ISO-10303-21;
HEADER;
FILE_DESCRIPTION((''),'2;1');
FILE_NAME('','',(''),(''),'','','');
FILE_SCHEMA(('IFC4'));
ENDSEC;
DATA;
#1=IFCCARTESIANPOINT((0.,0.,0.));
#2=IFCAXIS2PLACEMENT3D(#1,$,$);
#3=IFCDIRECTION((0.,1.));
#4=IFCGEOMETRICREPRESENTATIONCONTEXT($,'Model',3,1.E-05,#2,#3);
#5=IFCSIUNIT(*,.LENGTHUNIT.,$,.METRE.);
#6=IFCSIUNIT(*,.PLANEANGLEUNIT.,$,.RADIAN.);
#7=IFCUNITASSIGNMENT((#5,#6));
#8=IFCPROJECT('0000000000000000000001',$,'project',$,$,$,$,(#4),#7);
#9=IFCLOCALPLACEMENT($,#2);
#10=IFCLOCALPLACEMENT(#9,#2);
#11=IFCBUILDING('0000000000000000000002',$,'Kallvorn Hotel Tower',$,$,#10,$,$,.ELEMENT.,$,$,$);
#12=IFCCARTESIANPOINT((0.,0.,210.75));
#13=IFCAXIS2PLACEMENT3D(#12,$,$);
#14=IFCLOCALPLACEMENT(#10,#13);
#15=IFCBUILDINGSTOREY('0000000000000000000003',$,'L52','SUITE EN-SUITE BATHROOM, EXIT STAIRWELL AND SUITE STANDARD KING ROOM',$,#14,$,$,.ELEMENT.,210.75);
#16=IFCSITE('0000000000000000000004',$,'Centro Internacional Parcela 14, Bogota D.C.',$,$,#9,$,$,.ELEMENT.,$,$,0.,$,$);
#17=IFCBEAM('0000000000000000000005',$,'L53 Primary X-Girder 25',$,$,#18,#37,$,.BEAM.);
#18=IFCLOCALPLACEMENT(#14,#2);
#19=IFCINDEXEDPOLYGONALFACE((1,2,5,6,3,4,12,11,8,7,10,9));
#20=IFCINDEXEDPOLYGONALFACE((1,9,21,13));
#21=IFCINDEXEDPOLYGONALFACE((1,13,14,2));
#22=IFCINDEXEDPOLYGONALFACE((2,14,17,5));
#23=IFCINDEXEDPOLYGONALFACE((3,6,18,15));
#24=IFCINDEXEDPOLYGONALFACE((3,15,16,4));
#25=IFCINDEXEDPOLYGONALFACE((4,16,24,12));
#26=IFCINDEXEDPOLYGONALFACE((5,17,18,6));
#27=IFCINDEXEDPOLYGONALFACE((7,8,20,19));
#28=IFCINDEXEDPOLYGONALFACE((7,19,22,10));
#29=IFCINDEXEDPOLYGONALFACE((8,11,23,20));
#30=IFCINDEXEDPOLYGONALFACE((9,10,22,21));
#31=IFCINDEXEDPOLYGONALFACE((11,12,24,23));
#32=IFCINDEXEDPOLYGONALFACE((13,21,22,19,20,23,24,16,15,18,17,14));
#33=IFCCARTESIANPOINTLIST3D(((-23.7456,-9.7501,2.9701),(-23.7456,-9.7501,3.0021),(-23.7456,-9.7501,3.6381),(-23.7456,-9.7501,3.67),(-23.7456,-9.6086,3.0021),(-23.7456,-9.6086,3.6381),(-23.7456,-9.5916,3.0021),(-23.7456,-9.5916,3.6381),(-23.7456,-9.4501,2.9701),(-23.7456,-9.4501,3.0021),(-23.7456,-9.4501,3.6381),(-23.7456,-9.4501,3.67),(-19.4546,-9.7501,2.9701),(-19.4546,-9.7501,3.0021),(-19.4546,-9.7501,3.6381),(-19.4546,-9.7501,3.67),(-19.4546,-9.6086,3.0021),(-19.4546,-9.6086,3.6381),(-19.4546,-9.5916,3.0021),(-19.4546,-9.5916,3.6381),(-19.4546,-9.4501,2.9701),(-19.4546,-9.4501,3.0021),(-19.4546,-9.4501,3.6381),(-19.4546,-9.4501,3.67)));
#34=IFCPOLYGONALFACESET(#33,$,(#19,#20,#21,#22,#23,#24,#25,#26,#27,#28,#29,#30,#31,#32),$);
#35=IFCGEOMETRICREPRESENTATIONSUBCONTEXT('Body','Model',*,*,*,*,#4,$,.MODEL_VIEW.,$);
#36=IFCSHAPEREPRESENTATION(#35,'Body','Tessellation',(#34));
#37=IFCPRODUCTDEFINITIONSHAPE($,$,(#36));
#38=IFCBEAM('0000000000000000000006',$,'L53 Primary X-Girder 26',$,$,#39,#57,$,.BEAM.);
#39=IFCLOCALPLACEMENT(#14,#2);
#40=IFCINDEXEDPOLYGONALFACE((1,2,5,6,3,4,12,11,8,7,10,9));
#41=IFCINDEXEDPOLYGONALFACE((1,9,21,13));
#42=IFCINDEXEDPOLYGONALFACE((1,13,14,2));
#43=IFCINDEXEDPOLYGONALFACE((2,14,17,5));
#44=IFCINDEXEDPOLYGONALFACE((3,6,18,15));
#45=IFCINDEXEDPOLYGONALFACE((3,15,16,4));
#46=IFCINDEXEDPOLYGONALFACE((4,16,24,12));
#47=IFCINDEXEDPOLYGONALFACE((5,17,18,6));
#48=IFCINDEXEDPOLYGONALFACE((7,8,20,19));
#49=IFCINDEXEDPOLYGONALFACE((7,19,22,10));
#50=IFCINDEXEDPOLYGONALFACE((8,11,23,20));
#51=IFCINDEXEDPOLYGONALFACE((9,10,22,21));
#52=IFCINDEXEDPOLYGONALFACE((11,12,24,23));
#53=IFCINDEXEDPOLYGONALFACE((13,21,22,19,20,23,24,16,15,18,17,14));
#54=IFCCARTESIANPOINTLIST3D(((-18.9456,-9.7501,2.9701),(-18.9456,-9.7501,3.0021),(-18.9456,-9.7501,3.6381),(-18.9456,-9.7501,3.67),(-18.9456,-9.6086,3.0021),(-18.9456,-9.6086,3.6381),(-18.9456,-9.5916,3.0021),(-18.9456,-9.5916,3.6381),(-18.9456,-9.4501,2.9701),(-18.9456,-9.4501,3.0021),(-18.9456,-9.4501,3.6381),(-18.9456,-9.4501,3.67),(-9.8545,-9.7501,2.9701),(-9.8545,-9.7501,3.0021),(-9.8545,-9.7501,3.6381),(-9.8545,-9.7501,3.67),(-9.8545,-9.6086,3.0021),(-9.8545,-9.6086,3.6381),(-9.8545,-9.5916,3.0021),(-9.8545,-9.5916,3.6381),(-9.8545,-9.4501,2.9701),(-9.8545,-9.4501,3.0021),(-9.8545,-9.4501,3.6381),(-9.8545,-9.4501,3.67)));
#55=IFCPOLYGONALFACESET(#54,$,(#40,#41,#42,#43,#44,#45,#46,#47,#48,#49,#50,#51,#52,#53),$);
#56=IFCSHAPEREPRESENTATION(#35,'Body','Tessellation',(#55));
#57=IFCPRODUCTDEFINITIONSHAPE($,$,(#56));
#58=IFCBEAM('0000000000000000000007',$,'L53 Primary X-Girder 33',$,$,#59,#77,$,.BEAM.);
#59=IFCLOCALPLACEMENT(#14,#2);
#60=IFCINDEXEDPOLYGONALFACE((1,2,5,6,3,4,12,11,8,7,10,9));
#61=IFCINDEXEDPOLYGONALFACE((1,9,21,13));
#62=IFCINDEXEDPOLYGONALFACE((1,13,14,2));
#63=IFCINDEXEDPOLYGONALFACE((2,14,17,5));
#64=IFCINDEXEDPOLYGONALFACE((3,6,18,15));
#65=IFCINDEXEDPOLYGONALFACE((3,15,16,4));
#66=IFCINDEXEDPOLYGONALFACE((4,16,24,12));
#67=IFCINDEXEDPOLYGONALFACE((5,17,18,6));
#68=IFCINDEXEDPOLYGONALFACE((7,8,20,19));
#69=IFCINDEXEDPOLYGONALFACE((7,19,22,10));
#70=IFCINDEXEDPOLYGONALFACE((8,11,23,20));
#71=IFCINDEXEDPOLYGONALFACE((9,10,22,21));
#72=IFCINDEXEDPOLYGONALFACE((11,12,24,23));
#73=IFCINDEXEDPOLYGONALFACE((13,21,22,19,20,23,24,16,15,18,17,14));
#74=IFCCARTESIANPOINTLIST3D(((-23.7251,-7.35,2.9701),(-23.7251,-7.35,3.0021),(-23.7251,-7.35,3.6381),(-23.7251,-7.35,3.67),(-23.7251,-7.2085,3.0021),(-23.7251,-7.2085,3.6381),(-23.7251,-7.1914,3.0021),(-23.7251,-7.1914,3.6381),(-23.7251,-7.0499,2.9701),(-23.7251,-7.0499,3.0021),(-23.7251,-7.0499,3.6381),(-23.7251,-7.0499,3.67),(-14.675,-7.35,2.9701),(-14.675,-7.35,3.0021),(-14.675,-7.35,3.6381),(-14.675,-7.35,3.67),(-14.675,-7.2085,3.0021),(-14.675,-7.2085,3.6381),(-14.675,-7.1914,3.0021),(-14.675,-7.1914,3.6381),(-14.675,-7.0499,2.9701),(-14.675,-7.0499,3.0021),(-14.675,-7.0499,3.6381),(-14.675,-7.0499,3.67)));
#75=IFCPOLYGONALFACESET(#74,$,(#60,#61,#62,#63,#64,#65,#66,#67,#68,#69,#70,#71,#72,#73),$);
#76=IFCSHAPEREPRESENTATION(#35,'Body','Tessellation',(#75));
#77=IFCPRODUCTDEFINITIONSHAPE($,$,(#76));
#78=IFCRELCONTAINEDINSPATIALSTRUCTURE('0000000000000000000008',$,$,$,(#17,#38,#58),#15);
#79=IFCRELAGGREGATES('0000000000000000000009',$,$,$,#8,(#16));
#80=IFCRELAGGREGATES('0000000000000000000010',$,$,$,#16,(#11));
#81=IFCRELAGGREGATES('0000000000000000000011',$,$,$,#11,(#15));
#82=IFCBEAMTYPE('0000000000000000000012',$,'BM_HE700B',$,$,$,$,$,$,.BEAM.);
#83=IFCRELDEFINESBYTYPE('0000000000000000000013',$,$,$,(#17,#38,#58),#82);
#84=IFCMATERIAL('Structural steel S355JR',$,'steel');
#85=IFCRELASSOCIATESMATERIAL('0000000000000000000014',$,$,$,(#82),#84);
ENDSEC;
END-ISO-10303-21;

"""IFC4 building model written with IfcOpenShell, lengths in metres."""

from ifc_helpers import new_model, si_unit, direction, frame, origin, origin_2d, place, context, subcontext, project, spatial, i_section, extrude, material, material_profile, profile_set, type_object, element, save


model = new_model("IFC4")

# Units and contexts
model_context = context("Model", 3, precision=1e-05, world=origin(), true_north=direction((0.0, 1.0)))
body_context = subcontext(model_context, "Body", "Model", "MODEL_VIEW")
ifc_project = project(units=[si_unit("LENGTHUNIT", "METRE"), si_unit("PLANEANGLEUNIT", "RADIAN")], contexts=[model_context])

# Site, building, storey
site_placement = place(None, origin())
site = spatial("IfcSite", under=ifc_project, at=site_placement, Name="Centro Internacional Parcela 14, Bogota D.C.", CompositionType="ELEMENT", RefElevation=0.0)
building_placement = place(site_placement, origin())
building = spatial("IfcBuilding", under=site, at=building_placement, Name="Kallvorn Hotel Tower", CompositionType="ELEMENT")
storey_placement = place(building_placement, frame((0.0, 0.0, 210.75)))
storey = spatial("IfcBuildingStorey", under=building, at=storey_placement, Name="L52", Description="SUITE EN-SUITE BATHROOM, EXIT STAIRWELL AND SUITE STANDARD KING ROOM", CompositionType="ELEMENT", Elevation=210.75)

# Beams
ifc_material_1 = material(Name="Structural steel S355JR", Category="steel")
ifc_material_profile_1 = material_profile(ifc_material_1, i_section(OverallWidth=0.3, OverallDepth=0.7, WebThickness=0.0171, FlangeThickness=0.032, at=origin_2d()), Name="HE 700 B")
ifc_profile_set_1 = profile_set([ifc_material_profile_1], Name="Structural steel S355JR")
beam_type_1 = type_object("IfcBeamType", Name="BM_HE700B", PredefinedType="BEAM", material=ifc_profile_set_1)
beam_1_placement = place(storey_placement, frame((-23.7456, -9.6001, 3.3201), z_axis=(1.0, 0.0, 0.0), x_axis=(0.0, 1.0, 0.0)))
element("IfcBeam", 1, at=beam_1_placement, inside=storey, type_object=beam_type_1, Name="L53 Primary X-Girder 25", PredefinedType="BEAM", context=body_context, shape_type="SweptSolid", body=[
    extrude(i_section(OverallWidth=0.3, OverallDepth=0.7, WebThickness=0.0171, FlangeThickness=0.032, at=origin_2d()), origin(), (0.0, 0.0, 1.0), 4.291),
])
beam_2_placement = place(storey_placement, frame((-18.9456, -9.6001, 3.3201), z_axis=(1.0, 0.0, 0.0), x_axis=(0.0, 1.0, 0.0)))
element("IfcBeam", 2, at=beam_2_placement, inside=storey, type_object=beam_type_1, Name="L53 Primary X-Girder 26", PredefinedType="BEAM", context=body_context, shape_type="SweptSolid", body=[
    extrude(i_section(OverallWidth=0.3, OverallDepth=0.7, WebThickness=0.0171, FlangeThickness=0.032, at=origin_2d()), origin(), (0.0, 0.0, 1.0), 9.0911),
])
beam_3_placement = place(storey_placement, frame((-23.7251, -7.2, 3.3201), z_axis=(1.0, 0.0, 0.0), x_axis=(0.0, 1.0, 0.0)))
element("IfcBeam", 3, at=beam_3_placement, inside=storey, type_object=beam_type_1, Name="L53 Primary X-Girder 33", PredefinedType="BEAM", context=body_context, shape_type="SweptSolid", body=[
    extrude(i_section(OverallWidth=0.3, OverallDepth=0.7, WebThickness=0.0171, FlangeThickness=0.032, at=origin_2d()), origin(), (0.0, 0.0, 1.0), 9.05),
])

save(model, "model.ifc")
